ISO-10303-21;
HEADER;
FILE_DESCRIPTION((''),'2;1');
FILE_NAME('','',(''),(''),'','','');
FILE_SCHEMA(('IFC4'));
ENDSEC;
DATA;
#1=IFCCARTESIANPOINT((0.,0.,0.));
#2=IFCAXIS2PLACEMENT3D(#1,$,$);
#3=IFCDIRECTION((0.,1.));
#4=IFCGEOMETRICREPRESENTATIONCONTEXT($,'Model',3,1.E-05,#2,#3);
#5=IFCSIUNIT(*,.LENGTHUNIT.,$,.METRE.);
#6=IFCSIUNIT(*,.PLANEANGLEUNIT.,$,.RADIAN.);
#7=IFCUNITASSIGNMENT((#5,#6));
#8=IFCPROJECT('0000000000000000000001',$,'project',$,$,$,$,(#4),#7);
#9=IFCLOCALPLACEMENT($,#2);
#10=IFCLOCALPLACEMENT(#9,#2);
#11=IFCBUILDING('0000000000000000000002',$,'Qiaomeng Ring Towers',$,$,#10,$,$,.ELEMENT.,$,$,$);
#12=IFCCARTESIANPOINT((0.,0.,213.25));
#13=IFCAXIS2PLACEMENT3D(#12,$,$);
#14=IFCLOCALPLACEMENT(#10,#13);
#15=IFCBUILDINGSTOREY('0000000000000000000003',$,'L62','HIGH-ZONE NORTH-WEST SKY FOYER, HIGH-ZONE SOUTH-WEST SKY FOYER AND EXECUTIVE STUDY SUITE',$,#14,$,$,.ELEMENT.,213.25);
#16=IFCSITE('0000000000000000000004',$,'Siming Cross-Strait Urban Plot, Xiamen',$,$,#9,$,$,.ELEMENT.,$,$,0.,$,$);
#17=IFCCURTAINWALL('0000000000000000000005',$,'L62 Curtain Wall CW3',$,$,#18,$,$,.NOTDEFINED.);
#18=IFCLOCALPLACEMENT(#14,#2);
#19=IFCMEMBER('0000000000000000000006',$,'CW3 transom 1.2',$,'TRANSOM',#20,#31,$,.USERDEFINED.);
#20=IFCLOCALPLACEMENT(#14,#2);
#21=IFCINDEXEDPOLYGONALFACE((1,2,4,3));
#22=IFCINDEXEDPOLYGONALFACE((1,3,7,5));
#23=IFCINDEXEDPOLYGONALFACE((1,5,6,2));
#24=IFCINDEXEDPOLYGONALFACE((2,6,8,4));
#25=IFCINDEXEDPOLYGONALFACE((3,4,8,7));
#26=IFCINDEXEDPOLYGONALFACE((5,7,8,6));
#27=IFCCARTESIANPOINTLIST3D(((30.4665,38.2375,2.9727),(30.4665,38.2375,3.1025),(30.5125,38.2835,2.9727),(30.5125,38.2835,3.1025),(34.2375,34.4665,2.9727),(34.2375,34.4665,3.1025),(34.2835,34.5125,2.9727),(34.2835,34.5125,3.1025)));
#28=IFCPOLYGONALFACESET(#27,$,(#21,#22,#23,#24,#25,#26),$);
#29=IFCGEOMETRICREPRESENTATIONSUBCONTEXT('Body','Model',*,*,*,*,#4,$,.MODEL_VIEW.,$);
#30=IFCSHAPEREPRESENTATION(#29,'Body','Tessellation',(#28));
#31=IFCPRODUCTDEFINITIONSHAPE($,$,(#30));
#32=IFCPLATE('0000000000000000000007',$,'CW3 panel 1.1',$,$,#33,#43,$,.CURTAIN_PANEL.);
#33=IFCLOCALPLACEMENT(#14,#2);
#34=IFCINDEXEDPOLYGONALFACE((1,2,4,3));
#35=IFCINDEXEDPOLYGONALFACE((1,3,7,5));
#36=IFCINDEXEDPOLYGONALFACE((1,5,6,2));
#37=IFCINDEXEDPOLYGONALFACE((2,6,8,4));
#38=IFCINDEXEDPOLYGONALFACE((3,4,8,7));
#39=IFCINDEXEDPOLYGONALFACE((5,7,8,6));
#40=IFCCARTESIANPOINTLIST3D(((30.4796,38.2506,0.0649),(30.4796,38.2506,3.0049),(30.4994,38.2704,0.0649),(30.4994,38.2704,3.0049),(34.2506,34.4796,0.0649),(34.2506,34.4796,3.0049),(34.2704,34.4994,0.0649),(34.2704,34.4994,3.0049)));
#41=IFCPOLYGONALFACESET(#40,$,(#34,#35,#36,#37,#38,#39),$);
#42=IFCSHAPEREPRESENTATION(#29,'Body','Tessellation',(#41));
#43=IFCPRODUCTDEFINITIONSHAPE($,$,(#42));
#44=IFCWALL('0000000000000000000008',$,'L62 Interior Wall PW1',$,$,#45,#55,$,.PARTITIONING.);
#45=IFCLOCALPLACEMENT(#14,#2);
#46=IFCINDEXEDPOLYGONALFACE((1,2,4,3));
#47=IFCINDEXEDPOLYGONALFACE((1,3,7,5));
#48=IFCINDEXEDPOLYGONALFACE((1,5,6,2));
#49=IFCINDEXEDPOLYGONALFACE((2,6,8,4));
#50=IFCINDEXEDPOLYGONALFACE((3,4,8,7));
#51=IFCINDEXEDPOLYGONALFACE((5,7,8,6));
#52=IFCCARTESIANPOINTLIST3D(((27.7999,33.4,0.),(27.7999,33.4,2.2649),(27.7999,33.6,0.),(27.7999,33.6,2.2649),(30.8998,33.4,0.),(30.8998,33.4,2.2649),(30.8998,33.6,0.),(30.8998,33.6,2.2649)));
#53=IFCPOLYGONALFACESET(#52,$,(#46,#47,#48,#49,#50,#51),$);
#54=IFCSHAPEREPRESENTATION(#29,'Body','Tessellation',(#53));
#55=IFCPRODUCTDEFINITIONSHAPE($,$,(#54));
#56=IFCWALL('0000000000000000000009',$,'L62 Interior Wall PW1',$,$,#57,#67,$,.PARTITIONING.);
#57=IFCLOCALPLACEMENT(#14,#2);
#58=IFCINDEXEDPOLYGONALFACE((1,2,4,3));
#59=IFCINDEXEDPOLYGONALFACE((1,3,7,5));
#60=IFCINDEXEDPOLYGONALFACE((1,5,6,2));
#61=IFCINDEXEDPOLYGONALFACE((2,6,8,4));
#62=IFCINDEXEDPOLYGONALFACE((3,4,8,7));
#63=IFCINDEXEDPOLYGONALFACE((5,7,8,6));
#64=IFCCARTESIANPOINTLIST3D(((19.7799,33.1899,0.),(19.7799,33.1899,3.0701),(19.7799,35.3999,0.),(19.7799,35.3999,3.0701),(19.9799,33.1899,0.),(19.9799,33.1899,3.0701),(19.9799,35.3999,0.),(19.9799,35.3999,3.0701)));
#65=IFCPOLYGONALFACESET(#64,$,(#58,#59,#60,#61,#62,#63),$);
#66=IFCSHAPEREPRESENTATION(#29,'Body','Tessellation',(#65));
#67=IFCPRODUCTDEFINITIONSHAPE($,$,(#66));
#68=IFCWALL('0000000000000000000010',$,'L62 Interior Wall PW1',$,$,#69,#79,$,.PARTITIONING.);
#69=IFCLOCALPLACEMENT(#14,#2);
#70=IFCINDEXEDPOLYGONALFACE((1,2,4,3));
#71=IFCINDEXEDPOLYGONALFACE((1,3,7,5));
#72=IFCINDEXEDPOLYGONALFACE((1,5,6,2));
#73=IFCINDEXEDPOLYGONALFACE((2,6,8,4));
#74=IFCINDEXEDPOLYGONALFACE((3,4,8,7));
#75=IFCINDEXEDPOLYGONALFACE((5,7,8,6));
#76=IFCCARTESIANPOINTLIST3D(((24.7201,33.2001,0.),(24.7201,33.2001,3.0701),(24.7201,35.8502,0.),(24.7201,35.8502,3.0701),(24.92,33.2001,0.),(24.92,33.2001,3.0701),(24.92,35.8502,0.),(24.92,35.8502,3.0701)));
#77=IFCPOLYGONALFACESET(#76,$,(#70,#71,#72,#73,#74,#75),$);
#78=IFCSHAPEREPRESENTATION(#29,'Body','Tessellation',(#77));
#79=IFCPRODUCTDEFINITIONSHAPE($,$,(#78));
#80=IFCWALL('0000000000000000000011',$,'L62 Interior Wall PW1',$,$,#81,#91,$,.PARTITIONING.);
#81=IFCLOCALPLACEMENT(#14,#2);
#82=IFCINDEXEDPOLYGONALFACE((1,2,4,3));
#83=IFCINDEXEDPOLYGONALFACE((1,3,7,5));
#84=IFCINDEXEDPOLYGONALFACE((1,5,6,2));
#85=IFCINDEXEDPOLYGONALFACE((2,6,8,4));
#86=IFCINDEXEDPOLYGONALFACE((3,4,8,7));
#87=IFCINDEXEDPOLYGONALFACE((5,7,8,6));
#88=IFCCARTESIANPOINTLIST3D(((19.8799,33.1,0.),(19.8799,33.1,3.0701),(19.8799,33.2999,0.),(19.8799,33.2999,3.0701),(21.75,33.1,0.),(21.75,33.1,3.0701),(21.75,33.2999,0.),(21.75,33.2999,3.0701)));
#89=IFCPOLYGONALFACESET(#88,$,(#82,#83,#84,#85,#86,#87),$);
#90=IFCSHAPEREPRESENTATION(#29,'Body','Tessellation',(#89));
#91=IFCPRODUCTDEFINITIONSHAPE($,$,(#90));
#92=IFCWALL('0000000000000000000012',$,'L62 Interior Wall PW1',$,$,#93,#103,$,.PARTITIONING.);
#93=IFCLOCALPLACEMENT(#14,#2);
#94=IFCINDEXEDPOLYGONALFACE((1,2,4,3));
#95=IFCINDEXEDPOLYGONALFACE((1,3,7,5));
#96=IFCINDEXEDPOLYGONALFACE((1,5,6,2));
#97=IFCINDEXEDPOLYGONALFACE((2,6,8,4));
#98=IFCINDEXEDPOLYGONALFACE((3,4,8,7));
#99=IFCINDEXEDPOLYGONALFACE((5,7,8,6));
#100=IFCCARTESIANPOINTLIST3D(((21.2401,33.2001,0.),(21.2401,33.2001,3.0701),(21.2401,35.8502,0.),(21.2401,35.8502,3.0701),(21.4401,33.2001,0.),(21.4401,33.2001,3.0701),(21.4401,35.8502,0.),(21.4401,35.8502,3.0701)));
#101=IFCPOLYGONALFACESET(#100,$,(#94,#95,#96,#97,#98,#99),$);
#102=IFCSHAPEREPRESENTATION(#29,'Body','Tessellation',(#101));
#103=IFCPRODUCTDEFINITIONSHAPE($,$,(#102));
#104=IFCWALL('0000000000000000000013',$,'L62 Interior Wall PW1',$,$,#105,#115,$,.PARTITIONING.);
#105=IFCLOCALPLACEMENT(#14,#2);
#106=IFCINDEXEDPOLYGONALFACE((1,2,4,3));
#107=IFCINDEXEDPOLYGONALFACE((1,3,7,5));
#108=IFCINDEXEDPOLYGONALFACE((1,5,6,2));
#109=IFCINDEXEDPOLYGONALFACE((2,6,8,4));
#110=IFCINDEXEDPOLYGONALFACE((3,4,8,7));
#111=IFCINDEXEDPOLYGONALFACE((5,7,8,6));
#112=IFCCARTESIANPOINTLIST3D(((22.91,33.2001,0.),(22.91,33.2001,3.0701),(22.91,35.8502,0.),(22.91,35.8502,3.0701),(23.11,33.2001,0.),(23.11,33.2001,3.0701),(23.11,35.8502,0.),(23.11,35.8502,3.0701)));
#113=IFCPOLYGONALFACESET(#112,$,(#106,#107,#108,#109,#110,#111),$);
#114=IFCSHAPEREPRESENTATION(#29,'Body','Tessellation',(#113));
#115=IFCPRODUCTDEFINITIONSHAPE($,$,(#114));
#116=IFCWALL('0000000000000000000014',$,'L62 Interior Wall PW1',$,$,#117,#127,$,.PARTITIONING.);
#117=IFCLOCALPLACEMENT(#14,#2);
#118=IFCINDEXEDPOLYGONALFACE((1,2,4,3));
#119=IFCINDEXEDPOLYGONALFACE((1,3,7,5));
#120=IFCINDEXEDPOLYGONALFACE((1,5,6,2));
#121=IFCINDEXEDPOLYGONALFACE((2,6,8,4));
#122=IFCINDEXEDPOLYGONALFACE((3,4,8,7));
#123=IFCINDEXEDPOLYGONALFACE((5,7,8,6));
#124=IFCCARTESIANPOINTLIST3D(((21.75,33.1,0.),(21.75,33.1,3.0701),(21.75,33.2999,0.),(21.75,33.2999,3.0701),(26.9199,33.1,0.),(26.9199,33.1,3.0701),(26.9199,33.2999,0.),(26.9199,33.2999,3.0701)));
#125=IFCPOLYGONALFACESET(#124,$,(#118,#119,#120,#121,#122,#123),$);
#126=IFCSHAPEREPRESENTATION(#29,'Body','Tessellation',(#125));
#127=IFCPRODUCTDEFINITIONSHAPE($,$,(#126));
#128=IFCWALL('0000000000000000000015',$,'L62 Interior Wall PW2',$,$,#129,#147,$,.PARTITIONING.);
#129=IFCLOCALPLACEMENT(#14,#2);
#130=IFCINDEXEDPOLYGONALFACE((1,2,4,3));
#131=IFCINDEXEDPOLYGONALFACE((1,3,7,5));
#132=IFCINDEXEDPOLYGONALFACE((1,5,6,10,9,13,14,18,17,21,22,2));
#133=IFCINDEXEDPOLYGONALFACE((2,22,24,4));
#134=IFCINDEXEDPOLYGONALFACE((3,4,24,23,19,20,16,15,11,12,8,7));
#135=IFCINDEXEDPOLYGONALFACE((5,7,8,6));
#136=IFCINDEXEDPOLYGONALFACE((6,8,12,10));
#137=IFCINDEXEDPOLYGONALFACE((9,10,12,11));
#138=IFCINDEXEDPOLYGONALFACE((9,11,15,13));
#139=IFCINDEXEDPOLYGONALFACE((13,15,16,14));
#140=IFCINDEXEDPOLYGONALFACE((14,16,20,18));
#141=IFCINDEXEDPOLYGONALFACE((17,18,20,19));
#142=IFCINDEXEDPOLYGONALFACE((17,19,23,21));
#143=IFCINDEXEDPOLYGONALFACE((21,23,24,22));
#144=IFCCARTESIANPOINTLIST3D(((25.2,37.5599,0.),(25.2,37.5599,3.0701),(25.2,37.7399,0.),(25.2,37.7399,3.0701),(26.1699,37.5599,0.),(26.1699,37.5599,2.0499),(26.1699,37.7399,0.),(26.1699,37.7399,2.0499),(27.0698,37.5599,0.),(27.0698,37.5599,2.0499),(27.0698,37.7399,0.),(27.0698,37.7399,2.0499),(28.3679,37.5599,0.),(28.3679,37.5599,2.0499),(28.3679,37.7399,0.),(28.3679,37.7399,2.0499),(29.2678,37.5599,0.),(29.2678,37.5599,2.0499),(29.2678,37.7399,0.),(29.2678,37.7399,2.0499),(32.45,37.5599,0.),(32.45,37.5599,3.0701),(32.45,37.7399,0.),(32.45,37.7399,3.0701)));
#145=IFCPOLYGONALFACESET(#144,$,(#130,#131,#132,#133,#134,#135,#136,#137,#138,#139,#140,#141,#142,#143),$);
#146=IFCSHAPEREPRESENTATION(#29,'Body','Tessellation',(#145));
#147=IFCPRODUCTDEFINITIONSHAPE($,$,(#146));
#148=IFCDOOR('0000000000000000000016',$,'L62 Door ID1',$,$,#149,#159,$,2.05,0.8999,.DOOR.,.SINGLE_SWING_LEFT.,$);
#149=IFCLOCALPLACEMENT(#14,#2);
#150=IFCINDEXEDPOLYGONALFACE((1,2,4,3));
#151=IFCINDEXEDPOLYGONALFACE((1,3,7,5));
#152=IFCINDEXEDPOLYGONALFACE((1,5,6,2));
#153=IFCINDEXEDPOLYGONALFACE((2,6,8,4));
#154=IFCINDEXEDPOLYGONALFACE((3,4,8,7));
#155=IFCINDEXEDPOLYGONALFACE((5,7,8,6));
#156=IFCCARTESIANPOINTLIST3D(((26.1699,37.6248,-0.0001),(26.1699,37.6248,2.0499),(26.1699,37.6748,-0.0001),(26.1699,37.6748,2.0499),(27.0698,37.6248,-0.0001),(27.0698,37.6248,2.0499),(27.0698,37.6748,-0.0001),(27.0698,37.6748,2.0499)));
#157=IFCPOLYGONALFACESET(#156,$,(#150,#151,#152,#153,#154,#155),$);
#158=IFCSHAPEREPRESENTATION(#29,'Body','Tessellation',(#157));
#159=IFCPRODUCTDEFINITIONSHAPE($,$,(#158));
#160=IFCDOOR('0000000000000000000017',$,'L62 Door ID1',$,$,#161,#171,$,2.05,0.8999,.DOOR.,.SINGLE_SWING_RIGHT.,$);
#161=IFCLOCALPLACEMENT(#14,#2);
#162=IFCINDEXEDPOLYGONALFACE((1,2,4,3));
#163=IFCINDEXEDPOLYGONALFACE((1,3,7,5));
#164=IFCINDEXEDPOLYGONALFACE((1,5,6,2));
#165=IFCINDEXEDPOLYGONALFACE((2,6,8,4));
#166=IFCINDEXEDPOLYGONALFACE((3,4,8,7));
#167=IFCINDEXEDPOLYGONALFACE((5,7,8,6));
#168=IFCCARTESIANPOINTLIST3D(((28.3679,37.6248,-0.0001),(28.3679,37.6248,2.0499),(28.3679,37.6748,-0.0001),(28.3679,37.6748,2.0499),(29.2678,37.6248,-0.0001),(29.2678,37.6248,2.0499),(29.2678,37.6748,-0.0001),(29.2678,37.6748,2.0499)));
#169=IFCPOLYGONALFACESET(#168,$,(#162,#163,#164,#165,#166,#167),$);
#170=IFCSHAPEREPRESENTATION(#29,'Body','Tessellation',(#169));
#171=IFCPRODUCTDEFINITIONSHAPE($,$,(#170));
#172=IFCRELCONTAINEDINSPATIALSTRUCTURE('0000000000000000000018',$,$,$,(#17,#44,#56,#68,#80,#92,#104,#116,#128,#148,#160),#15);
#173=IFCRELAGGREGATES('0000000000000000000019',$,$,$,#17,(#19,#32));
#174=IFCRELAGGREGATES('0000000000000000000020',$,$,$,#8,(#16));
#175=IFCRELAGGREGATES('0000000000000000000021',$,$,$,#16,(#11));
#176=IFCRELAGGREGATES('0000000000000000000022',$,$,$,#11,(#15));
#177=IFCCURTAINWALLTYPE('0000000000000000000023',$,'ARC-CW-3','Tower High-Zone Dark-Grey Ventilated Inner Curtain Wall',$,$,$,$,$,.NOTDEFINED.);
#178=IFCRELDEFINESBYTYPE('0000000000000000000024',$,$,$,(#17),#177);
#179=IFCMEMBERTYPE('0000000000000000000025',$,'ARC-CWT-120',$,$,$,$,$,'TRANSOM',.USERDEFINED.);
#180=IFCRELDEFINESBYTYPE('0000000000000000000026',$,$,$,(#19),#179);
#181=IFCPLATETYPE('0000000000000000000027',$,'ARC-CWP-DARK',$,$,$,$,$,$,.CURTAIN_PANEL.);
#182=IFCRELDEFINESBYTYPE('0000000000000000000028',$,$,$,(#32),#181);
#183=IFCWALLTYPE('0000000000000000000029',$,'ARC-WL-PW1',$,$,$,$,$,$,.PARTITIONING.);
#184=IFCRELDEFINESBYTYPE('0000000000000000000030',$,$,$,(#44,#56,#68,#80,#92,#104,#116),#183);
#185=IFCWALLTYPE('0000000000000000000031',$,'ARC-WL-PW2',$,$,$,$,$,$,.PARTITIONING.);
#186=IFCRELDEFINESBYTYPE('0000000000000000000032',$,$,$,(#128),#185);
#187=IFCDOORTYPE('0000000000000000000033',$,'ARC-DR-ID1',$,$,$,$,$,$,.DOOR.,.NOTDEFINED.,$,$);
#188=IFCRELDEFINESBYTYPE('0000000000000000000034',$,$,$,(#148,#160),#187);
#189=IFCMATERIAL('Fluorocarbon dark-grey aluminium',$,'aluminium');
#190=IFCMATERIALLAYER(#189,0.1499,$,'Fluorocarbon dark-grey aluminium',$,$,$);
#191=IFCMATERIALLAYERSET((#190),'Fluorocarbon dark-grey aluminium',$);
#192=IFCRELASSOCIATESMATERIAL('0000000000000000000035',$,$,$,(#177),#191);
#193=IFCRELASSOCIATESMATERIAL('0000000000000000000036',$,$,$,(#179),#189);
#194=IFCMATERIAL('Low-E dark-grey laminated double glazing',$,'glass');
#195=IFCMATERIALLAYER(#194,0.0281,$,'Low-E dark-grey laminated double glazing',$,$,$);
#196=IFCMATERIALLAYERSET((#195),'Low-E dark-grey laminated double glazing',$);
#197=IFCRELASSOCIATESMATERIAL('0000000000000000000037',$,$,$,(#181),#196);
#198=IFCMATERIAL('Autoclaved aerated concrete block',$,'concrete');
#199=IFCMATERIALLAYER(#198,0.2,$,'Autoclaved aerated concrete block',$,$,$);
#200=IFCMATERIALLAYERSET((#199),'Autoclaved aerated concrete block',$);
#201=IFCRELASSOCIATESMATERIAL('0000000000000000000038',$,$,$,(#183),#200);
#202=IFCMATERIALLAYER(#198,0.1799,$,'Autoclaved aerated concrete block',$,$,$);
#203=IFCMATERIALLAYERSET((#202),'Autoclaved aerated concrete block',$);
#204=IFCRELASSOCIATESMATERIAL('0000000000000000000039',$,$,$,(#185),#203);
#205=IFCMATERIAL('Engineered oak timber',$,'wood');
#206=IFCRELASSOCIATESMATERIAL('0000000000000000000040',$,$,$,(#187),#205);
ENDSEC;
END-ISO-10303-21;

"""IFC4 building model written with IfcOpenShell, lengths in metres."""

from ifc_helpers import new_model, si_unit, direction, frame, frame_2d, origin, origin_2d, place, context, subcontext, project, spatial, rectangle, extrude, source, transform, mapped, material, layer, layer_set, material_profile, profile_set, type_object, element, fill, aggregate, save


model = new_model("IFC4")

# Units and contexts
model_context = context("Model", 3, precision=1e-05, world=origin(), true_north=direction((0.0, 1.0)))
body_context = subcontext(model_context, "Body", "Model", "MODEL_VIEW")
ifc_project = project(units=[si_unit("LENGTHUNIT", "METRE"), si_unit("PLANEANGLEUNIT", "RADIAN")], contexts=[model_context])

# Site, building, storey
site_placement = place(None, origin())
site = spatial("IfcSite", under=ifc_project, at=site_placement, Name="Siming Cross-Strait Urban Plot, Xiamen", CompositionType="ELEMENT", RefElevation=0.0)
building_placement = place(site_placement, origin())
building = spatial("IfcBuilding", under=site, at=building_placement, Name="Qiaomeng Ring Towers", CompositionType="ELEMENT")
storey_placement = place(building_placement, frame((0.0, 0.0, 213.25)))
storey = spatial("IfcBuildingStorey", under=building, at=storey_placement, Name="L62", Description="HIGH-ZONE NORTH-WEST SKY FOYER, HIGH-ZONE SOUTH-WEST SKY FOYER AND EXECUTIVE STUDY SUITE", CompositionType="ELEMENT", Elevation=213.25)

# Curtain wall, member, plate
ifc_material_1 = material(Name="Fluorocarbon dark-grey aluminium", Category="aluminium")
ifc_layer_1 = layer(ifc_material_1, 0.1499, Name="Fluorocarbon dark-grey aluminium")
ifc_layer_set_1 = layer_set([ifc_layer_1], Name="Fluorocarbon dark-grey aluminium")
curtain_wall_type = type_object("IfcCurtainWallType", Name="ARC-CW-3", Description="Tower High-Zone Dark-Grey Ventilated Inner Curtain Wall", PredefinedType="NOTDEFINED", material=ifc_layer_set_1)
curtain_wall_placement = place(storey_placement, origin())
curtain_wall = element("IfcCurtainWall", 1, at=curtain_wall_placement, inside=storey, type_object=curtain_wall_type, Name="L62 Curtain Wall CW3", PredefinedType="NOTDEFINED")
ifc_material_profile_1 = material_profile(ifc_material_1, rectangle(XDim=0.0649, YDim=0.1299, at=origin_2d()), Name="ALU TRAN 65x130")
ifc_profile_set_1 = profile_set([ifc_material_profile_1], Name="Fluorocarbon dark-grey aluminium")
member_type_1 = type_object("IfcMemberType", Name="ARC-CWT-120", ElementType="TRANSOM", PredefinedType="USERDEFINED", material=ifc_profile_set_1)
shared_shape_1 = source(origin(), body_context, "Body", "SweptSolid", [
    extrude(rectangle(XDim=0.0649, YDim=0.1299, at=origin_2d()), origin(), (0.0, 0.0, 1.0), 5.333),
])
member_1_placement = place(storey_placement, frame((34.2605, 34.4895, 3.0376), z_axis=(-0.707107, 0.707107, 0.0), x_axis=(-0.707107, -0.707107, 0.0)))
member_1 = element("IfcMember", 2, at=member_1_placement, type_object=member_type_1, Name="CW3 transom 1.2", ObjectType="TRANSOM", PredefinedType="USERDEFINED", context=body_context, shape_type="MappedRepresentation", body=[
    mapped(shared_shape_1, transform((0.0, 0.0, 0.0), x_axis=(1.0, 0.0, 0.0), y_axis=(0.0, 1.0, 0.0), z_axis=(0.0, 0.0, 1.0), scale=1.0)),
])
ifc_material_2 = material(Name="Low-E dark-grey laminated double glazing", Category="glass")
ifc_layer_2 = layer(ifc_material_2, 0.0281, Name="Low-E dark-grey laminated double glazing")
ifc_layer_set_2 = layer_set([ifc_layer_2], Name="Low-E dark-grey laminated double glazing")
plate_type = type_object("IfcPlateType", Name="ARC-CWP-DARK", PredefinedType="CURTAIN_PANEL", material=ifc_layer_set_2)
shared_shape_2 = source(origin(), body_context, "Body", "SweptSolid", [
    extrude(rectangle(XDim=5.333, YDim=0.0281, at=origin_2d()), origin(), (0.0, 0.0, 1.0), 2.9399),
])
plate_placement = place(storey_placement, frame((32.375, 36.375, 0.0649), z_axis=(0.0, 0.0, 1.0), x_axis=(-0.707107, 0.707107, 0.0)))
plate = element("IfcPlate", 3, at=plate_placement, type_object=plate_type, Name="CW3 panel 1.1", PredefinedType="CURTAIN_PANEL", context=body_context, shape_type="MappedRepresentation", body=[
    mapped(shared_shape_2, transform((0.0, 0.0, 0.0), x_axis=(1.0, 0.0, 0.0), y_axis=(0.0, 1.0, 0.0), z_axis=(0.0, 0.0, 1.0), scale=1.0)),
])
aggregate(curtain_wall, [member_1, plate])

# Walls
ifc_material_3 = material(Name="Autoclaved aerated concrete block", Category="concrete")
ifc_layer_3 = layer(ifc_material_3, 0.2, Name="Autoclaved aerated concrete block")
ifc_layer_set_3 = layer_set([ifc_layer_3], Name="Autoclaved aerated concrete block")
wall_type_1 = type_object("IfcWallType", Name="ARC-WL-PW1", PredefinedType="PARTITIONING", material=ifc_layer_set_3)
wall_1_placement = place(storey_placement, frame((27.8, 33.5, 0.0), z_axis=(0.0, 0.0, 1.0), x_axis=(1.0, 0.0, 0.0)))
element("IfcWall", 4, at=wall_1_placement, inside=storey, type_object=wall_type_1, Name="L62 Interior Wall PW1", PredefinedType="PARTITIONING", context=body_context, shape_type="SweptSolid", body=[
    extrude(rectangle(XDim=3.0999, YDim=0.2, at=frame_2d((1.5498, 0.0))), origin(), (0.0, 0.0, 1.0), 2.2649),
])
wall_2_placement = place(storey_placement, frame((19.8799, 33.1899, 0.0), z_axis=(0.0, 0.0, 1.0), x_axis=(0.0, 1.0, 0.0)))
element("IfcWall", 5, at=wall_2_placement, inside=storey, type_object=wall_type_1, Name="L62 Interior Wall PW1", PredefinedType="PARTITIONING", context=body_context, shape_type="SweptSolid", body=[
    extrude(rectangle(XDim=2.21, YDim=0.2, at=frame_2d((1.105, 0.0))), origin(), (0.0, 0.0, 1.0), 3.0701),
])
wall_3_placement = place(storey_placement, frame((24.8201, 33.2, 0.0), z_axis=(0.0, 0.0, 1.0), x_axis=(0.0, 1.0, 0.0)))
element("IfcWall", 6, at=wall_3_placement, inside=storey, type_object=wall_type_1, Name="L62 Interior Wall PW1", PredefinedType="PARTITIONING", context=body_context, shape_type="SweptSolid", body=[
    extrude(rectangle(XDim=2.6501, YDim=0.2, at=frame_2d((1.3252, 0.0))), origin(), (0.0, 0.0, 1.0), 3.0701),
])
wall_4_placement = place(storey_placement, frame((19.8799, 33.2, 0.0), z_axis=(0.0, 0.0, 1.0), x_axis=(1.0, 0.0, 0.0)))
element("IfcWall", 7, at=wall_4_placement, inside=storey, type_object=wall_type_1, Name="L62 Interior Wall PW1", PredefinedType="PARTITIONING", context=body_context, shape_type="SweptSolid", body=[
    extrude(rectangle(XDim=1.8701, YDim=0.2, at=frame_2d((0.9351, 0.0))), origin(), (0.0, 0.0, 1.0), 3.0701),
])
for number, where, z_axis, x_axis, name in (
    (8, (21.3401, 33.2, 0.0), (0.0, 0.0, 1.0), (0.0, 1.0, 0.0), "L62 Interior Wall PW1"),
    (9, (23.01, 33.2, 0.0), (0.0, 0.0, 1.0), (0.0, 1.0, 0.0), "L62 Interior Wall PW1"),
):
    element("IfcWall", number, at=place(storey_placement, frame(where, z_axis=z_axis, x_axis=x_axis)), inside=storey, type_object=wall_type_1, Name=name, PredefinedType="PARTITIONING", context=body_context, shape_type="SweptSolid", body=[
        extrude(rectangle(XDim=2.6501, YDim=0.2, at=frame_2d((1.3252, 0.0))), origin(), (0.0, 0.0, 1.0), 3.0701),
    ])
wall_5_placement = place(storey_placement, frame((21.75, 33.2, 0.0), z_axis=(0.0, 0.0, 1.0), x_axis=(1.0, 0.0, 0.0)))
element("IfcWall", 10, at=wall_5_placement, inside=storey, type_object=wall_type_1, Name="L62 Interior Wall PW1", PredefinedType="PARTITIONING", context=body_context, shape_type="SweptSolid", body=[
    extrude(rectangle(XDim=5.1699, YDim=0.2, at=frame_2d((2.585, 0.0))), origin(), (0.0, 0.0, 1.0), 3.0701),
])

# Wall, openings, doors
ifc_layer_4 = layer(ifc_material_3, 0.1799, Name="Autoclaved aerated concrete block")
ifc_layer_set_4 = layer_set([ifc_layer_4], Name="Autoclaved aerated concrete block")
wall_type_2 = type_object("IfcWallType", Name="ARC-WL-PW2", PredefinedType="PARTITIONING", material=ifc_layer_set_4)
wall_6_placement = place(storey_placement, frame((25.2, 37.6499, 0.0), z_axis=(0.0, 0.0, 1.0), x_axis=(1.0, 0.0, 0.0)))
wall_6 = element("IfcWall", 11, at=wall_6_placement, inside=storey, type_object=wall_type_2, Name="L62 Interior Wall PW2", PredefinedType="PARTITIONING", context=body_context, shape_type="SweptSolid", body=[
    extrude(rectangle(XDim=7.25, YDim=0.1799, at=frame_2d((3.625, 0.0))), origin(), (0.0, 0.0, 1.0), 3.0701),
])
opening_1_placement = place(wall_6_placement, frame((0.97, 0.0, 0.0)))
opening_1 = element("IfcOpeningElement", 12, at=opening_1_placement, cuts=wall_6, PredefinedType="OPENING", context=body_context, shape_type="SweptSolid", body=[
    extrude(rectangle(XDim=0.8999, YDim=2.05, at=frame_2d((0.45, 1.0249))), frame((0.0, 0.0999, 0.0), z_axis=(0.0, -1.0, 0.0), x_axis=(1.0, 0.0, 0.0)), (0.0, 0.0, 1.0), 0.2),
])
opening_2_placement = place(wall_6_placement, frame((3.168, 0.0, 0.0)))
opening_2 = element("IfcOpeningElement", 13, at=opening_2_placement, cuts=wall_6, PredefinedType="OPENING", context=body_context, shape_type="SweptSolid", body=[
    extrude(rectangle(XDim=0.8999, YDim=2.05, at=frame_2d((0.45, 1.0249))), frame((0.0, 0.0999, 0.0), z_axis=(0.0, -1.0, 0.0), x_axis=(1.0, 0.0, 0.0)), (0.0, 0.0, 1.0), 0.2),
])
ifc_material_4 = material(Name="Engineered oak timber", Category="wood")
door_type = type_object("IfcDoorType", Name="ARC-DR-ID1", OperationType="NOTDEFINED", PredefinedType="DOOR", material=ifc_material_4)
shared_shape_3 = source(origin(), body_context, "Body", "SweptSolid", [
    extrude(rectangle(XDim=0.8999, YDim=2.05, at=frame_2d((0.45, 1.0249))), frame((0.0, 0.0249, 0.0), z_axis=(0.0, -1.0, 0.0), x_axis=(1.0, 0.0, 0.0)), (0.0, 0.0, 1.0), 0.05),
])
door_1_placement = place(opening_1_placement, origin())
door_1 = element("IfcDoor", 14, at=door_1_placement, inside=storey, type_object=door_type, Name="L62 Door ID1", OperationType="SINGLE_SWING_LEFT", OverallHeight=2.05, OverallWidth=0.8999, PredefinedType="DOOR", context=body_context, shape_type="MappedRepresentation", body=[
    mapped(shared_shape_3, transform((0.0, 0.0, 0.0), x_axis=(1.0, 0.0, 0.0), y_axis=(0.0, 1.0, 0.0), z_axis=(0.0, 0.0, 1.0), scale=1.0)),
])
fill(opening_1, door_1)
door_2_placement = place(opening_2_placement, origin())
door_2 = element("IfcDoor", 15, at=door_2_placement, inside=storey, type_object=door_type, Name="L62 Door ID1", OperationType="SINGLE_SWING_RIGHT", OverallHeight=2.05, OverallWidth=0.8999, PredefinedType="DOOR", context=body_context, shape_type="MappedRepresentation", body=[
    mapped(shared_shape_3, transform((0.0, 0.0, 0.0), x_axis=(1.0, 0.0, 0.0), y_axis=(0.0, 1.0, 0.0), z_axis=(0.0, 0.0, 1.0), scale=1.0)),
])
fill(opening_2, door_2)

save(model, "model.ifc")
